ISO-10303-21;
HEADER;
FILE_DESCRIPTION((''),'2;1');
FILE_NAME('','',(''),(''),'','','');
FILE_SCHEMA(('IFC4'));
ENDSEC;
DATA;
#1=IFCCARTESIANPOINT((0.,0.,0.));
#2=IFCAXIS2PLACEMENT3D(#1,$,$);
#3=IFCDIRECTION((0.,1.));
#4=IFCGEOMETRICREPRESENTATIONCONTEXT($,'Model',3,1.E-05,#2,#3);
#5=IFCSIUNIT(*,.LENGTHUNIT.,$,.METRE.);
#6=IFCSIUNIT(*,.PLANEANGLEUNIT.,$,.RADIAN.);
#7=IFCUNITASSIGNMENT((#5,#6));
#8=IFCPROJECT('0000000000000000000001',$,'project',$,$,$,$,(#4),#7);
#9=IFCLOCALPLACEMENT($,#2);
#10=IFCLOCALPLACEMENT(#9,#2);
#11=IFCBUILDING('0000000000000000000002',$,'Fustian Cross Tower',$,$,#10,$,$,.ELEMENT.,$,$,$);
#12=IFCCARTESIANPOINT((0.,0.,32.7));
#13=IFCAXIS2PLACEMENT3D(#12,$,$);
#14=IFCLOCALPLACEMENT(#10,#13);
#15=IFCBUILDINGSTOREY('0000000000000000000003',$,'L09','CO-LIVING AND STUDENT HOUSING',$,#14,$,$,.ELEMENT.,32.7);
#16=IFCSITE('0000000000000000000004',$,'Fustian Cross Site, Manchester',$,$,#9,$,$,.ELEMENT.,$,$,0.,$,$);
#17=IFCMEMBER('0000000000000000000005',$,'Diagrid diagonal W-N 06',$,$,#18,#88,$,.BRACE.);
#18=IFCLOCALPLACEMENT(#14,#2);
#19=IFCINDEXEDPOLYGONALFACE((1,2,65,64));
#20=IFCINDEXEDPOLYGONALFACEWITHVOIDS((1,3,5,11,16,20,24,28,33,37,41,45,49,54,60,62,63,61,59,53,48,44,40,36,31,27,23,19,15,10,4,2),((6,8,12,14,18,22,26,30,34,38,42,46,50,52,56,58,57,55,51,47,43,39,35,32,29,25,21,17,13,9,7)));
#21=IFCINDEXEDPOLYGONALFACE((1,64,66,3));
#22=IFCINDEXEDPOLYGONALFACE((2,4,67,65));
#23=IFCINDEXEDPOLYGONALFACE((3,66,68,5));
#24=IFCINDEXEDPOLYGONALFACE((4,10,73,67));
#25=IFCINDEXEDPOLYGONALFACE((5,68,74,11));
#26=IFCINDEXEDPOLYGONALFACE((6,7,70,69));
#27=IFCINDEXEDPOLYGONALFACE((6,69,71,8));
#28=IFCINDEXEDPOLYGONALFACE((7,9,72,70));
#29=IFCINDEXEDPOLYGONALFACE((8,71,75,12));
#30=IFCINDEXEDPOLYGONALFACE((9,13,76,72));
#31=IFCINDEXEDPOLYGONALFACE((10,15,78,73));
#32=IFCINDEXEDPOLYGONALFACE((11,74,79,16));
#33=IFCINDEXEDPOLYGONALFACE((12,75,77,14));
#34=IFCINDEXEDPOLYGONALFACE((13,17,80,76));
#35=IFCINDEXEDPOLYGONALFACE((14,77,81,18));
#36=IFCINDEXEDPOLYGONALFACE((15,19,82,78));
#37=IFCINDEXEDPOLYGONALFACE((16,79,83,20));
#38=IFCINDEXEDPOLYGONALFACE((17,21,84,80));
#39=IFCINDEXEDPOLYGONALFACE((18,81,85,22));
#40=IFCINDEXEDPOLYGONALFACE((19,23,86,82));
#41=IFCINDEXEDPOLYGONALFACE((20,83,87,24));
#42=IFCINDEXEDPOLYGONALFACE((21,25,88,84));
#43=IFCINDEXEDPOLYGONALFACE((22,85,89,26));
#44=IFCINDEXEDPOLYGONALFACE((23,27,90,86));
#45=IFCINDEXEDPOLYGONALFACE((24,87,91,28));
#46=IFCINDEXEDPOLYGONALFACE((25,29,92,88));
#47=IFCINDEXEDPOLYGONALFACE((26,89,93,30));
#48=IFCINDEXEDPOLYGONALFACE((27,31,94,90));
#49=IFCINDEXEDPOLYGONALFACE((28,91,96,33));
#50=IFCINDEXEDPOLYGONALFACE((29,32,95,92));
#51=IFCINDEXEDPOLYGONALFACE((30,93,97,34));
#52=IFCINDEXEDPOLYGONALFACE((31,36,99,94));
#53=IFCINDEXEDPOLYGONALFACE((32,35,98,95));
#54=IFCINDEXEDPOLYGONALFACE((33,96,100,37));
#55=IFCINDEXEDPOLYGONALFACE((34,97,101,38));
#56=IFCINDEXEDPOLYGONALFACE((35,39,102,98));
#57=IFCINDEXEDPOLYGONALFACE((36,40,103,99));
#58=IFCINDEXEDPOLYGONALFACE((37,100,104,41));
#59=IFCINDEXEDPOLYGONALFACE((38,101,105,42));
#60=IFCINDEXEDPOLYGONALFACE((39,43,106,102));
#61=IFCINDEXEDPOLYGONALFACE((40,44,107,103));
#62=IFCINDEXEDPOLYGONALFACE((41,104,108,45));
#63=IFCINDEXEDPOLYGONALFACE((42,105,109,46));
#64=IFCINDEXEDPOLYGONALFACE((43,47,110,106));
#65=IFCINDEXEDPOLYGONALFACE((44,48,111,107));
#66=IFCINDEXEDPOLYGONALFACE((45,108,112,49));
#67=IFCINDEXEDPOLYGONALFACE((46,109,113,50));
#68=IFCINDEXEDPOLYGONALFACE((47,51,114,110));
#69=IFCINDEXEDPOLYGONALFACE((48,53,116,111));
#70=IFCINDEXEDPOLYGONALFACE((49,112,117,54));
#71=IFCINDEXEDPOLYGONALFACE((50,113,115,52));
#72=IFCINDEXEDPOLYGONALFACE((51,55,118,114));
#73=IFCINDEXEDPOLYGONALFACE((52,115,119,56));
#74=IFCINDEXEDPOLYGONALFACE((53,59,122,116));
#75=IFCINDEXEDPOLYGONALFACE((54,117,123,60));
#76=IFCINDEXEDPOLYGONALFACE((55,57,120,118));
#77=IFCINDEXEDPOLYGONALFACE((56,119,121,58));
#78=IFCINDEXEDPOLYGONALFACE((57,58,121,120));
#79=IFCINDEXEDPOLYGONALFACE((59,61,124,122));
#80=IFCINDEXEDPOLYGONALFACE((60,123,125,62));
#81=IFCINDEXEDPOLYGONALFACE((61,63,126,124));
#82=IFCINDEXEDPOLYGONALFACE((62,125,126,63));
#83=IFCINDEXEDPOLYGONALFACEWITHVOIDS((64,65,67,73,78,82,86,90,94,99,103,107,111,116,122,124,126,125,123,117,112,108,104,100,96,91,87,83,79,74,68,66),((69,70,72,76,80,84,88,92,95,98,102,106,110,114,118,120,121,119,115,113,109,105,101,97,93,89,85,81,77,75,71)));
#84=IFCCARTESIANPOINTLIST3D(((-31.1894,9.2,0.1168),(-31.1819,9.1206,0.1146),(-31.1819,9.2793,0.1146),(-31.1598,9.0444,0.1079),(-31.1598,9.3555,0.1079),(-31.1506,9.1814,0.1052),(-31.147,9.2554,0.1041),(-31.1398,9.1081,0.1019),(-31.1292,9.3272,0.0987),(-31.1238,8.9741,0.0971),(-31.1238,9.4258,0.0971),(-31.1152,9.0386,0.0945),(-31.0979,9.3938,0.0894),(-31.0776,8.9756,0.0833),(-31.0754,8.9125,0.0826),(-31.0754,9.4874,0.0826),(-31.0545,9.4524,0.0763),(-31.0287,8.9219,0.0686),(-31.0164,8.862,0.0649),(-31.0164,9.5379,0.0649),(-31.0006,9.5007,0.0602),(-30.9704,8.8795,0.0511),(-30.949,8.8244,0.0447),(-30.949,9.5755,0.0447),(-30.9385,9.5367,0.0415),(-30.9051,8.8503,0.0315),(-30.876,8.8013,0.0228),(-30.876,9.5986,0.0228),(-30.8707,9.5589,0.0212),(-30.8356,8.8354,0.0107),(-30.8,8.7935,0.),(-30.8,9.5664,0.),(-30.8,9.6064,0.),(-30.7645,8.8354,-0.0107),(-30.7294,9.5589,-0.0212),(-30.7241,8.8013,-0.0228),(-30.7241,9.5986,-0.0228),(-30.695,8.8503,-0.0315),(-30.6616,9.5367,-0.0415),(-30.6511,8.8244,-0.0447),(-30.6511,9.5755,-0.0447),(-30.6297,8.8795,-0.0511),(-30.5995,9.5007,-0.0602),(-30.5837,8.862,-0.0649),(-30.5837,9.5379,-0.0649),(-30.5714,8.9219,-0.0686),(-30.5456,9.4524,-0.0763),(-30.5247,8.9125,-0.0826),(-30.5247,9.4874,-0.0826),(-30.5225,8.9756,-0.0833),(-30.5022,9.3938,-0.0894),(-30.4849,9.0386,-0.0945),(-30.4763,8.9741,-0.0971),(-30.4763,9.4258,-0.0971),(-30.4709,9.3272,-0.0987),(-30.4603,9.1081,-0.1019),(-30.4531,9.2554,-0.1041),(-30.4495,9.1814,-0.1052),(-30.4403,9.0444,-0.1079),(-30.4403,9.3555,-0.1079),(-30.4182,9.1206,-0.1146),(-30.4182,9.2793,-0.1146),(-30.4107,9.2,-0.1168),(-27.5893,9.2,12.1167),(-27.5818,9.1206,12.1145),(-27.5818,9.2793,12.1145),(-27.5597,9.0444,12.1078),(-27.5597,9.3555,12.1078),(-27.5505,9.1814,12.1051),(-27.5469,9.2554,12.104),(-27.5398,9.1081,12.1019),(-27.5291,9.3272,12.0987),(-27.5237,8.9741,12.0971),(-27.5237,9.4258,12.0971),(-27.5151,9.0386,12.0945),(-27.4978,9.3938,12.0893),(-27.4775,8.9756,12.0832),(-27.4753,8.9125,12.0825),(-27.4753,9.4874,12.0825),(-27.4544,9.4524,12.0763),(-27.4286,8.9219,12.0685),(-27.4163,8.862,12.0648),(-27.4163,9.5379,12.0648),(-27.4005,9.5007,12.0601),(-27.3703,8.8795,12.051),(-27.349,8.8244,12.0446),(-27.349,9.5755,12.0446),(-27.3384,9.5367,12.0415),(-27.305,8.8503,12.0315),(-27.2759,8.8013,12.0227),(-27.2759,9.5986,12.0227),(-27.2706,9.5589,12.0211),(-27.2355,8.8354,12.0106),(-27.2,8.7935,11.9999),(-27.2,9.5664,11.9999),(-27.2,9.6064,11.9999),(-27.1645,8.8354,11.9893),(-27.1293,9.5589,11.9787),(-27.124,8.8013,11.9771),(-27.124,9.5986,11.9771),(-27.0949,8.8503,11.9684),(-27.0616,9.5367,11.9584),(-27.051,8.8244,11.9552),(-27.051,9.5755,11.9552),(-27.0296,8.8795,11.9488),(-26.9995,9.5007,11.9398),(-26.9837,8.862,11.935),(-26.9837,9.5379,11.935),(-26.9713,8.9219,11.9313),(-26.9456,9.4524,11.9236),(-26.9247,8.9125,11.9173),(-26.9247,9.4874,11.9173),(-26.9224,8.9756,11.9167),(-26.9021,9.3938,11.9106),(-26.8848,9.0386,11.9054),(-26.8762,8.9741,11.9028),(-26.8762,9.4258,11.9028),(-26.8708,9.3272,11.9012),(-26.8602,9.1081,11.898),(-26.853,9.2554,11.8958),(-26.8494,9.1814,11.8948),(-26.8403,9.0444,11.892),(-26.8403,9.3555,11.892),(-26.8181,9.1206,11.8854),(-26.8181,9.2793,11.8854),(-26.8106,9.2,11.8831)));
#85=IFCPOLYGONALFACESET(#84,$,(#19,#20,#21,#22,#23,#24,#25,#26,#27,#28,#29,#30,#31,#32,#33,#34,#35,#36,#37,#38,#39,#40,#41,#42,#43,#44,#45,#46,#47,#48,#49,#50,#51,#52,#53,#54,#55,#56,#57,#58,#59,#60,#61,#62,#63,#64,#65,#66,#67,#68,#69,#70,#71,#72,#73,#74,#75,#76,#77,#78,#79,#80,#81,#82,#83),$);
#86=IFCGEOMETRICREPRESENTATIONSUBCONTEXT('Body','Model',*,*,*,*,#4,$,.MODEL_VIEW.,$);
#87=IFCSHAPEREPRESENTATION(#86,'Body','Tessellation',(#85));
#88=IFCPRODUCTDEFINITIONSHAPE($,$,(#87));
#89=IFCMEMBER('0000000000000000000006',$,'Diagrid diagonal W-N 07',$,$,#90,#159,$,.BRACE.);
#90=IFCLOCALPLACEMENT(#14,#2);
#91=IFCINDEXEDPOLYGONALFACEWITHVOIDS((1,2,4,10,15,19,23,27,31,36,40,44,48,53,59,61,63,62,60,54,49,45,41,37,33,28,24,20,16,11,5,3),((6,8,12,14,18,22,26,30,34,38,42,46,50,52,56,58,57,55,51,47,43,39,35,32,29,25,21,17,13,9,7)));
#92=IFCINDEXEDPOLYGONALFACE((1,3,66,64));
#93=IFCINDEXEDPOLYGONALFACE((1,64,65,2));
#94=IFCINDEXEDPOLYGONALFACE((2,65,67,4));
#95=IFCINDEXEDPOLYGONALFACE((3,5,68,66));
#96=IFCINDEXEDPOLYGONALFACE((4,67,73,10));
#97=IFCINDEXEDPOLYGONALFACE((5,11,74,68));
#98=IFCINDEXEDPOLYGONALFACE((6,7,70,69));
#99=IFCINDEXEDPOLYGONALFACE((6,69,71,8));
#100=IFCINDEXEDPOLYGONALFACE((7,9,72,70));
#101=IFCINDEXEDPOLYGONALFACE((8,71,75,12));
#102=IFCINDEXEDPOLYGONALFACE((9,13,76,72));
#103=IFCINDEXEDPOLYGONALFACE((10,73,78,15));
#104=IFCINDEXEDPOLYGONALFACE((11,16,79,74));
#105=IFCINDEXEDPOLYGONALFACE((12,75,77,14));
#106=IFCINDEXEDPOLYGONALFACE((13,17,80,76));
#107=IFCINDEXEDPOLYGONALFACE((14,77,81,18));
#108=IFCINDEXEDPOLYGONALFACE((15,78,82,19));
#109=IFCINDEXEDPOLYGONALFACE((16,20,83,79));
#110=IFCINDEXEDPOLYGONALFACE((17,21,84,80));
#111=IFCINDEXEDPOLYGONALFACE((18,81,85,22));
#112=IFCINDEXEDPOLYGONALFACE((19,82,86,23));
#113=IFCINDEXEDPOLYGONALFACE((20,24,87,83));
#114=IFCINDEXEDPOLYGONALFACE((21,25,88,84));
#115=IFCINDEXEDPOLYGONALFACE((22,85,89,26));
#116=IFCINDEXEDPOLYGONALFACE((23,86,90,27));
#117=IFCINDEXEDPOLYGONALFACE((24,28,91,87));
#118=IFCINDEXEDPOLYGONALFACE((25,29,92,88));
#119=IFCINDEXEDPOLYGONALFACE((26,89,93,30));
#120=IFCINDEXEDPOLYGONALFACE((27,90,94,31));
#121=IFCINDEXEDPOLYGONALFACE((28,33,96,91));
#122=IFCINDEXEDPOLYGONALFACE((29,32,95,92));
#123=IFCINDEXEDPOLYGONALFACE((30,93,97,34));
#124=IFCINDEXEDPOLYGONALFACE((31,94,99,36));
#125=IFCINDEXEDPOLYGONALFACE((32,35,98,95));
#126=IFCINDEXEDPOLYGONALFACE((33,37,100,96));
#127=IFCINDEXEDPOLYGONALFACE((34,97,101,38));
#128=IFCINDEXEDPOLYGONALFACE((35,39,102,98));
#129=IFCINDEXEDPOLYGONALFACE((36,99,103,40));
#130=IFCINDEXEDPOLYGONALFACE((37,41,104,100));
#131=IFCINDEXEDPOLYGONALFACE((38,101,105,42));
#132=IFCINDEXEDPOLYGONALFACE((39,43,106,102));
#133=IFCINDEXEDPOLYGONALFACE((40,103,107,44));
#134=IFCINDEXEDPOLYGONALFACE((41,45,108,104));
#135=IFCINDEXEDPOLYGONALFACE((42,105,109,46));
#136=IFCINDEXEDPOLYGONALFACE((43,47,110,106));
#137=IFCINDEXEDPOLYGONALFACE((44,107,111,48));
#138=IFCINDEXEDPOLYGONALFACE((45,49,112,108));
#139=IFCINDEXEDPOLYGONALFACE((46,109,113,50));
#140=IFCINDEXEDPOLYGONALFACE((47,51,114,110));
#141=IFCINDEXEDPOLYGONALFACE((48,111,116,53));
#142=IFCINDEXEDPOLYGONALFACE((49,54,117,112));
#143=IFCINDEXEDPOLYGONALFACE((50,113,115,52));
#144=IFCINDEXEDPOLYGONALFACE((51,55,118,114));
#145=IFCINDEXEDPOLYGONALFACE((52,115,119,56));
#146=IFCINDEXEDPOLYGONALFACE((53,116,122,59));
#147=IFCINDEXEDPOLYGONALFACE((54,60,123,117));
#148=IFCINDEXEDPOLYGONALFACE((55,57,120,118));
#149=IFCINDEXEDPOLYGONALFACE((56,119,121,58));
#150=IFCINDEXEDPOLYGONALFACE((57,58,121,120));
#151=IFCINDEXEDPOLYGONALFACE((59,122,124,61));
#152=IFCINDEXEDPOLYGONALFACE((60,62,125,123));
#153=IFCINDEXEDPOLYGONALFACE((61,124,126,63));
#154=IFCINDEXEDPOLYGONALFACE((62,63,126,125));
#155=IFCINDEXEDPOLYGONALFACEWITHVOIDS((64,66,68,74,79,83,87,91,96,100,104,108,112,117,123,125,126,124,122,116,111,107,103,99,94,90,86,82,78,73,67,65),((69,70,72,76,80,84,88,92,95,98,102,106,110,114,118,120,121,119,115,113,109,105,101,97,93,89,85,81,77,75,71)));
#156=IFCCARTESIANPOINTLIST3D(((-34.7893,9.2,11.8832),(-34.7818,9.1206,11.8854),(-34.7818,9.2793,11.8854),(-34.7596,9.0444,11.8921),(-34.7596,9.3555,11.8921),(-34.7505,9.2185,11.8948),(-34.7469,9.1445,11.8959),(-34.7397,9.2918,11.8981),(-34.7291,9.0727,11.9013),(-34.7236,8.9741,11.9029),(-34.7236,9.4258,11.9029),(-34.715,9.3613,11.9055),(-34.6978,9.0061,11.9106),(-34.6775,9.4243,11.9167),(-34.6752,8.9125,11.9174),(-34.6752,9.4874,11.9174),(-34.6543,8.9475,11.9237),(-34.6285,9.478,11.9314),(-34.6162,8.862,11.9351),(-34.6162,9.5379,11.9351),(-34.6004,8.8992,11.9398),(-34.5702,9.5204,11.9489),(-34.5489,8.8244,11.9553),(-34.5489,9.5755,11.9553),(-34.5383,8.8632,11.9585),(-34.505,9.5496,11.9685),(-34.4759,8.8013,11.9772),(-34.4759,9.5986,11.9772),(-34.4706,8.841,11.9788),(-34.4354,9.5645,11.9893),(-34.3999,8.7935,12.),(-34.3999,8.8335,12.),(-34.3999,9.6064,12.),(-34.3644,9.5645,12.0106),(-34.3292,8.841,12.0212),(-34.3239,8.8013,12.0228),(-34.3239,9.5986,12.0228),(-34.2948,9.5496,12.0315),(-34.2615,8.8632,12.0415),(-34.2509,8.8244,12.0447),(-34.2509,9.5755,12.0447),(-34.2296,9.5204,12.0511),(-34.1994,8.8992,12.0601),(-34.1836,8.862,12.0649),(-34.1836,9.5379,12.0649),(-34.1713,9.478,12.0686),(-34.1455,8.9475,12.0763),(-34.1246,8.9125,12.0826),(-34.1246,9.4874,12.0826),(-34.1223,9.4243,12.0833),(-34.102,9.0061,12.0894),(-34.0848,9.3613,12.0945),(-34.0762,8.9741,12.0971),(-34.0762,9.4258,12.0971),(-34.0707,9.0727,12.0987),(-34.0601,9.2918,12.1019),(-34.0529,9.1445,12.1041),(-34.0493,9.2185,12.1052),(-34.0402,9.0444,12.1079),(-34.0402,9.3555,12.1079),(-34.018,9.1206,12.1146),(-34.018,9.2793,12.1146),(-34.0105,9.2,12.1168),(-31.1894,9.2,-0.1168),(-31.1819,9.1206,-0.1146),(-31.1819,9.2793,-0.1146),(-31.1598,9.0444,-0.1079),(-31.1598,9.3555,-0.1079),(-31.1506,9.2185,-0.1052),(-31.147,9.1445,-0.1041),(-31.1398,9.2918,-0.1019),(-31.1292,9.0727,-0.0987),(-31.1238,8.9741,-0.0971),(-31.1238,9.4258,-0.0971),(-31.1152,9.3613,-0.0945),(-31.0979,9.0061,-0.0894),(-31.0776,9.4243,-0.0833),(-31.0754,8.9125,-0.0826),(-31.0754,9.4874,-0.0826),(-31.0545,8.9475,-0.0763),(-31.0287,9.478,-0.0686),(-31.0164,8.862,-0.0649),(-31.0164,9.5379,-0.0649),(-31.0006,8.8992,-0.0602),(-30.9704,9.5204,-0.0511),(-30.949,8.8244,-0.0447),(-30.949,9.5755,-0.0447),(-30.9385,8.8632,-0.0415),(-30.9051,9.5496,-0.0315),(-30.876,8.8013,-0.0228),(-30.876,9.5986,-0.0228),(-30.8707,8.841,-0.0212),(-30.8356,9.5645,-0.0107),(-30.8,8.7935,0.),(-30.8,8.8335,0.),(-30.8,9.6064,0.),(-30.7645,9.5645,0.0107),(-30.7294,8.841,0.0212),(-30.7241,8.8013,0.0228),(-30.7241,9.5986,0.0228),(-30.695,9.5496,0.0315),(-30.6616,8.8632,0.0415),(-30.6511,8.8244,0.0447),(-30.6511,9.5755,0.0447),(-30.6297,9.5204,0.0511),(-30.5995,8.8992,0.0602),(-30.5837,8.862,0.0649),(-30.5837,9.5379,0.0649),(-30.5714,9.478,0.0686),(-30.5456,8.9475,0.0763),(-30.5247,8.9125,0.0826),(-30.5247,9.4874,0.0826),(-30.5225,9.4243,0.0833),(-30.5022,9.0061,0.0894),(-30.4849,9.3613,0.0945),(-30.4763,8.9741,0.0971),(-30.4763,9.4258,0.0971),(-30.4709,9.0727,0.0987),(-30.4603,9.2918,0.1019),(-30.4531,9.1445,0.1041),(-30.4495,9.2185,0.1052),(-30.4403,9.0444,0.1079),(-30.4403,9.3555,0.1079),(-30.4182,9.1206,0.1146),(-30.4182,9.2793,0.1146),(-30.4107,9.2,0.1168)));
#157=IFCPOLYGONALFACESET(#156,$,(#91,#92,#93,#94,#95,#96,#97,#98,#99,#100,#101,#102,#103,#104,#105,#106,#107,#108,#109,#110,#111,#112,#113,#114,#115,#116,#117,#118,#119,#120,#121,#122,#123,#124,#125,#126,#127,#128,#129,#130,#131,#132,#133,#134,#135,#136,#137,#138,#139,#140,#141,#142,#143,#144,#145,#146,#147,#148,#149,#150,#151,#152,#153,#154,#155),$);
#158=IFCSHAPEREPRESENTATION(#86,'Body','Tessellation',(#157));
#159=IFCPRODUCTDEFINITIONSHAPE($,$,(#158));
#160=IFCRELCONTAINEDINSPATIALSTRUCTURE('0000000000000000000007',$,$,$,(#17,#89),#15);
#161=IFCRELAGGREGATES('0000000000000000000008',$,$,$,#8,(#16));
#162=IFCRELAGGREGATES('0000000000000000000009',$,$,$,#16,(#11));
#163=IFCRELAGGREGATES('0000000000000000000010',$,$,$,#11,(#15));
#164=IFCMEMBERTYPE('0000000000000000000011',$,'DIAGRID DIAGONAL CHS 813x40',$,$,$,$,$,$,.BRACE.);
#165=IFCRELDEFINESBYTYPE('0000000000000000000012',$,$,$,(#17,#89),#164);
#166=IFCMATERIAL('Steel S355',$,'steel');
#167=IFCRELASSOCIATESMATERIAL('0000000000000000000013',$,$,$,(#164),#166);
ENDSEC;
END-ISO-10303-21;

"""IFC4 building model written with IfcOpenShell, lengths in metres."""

from ifc_helpers import new_model, si_unit, direction, frame, origin, origin_2d, place, context, subcontext, project, spatial, hollow_circle, extrude, material, material_profile, profile_set, type_object, element, save


model = new_model("IFC4")

# Units and contexts
model_context = context("Model", 3, precision=1e-05, world=origin(), true_north=direction((0.0, 1.0)))
body_context = subcontext(model_context, "Body", "Model", "MODEL_VIEW")
ifc_project = project(units=[si_unit("LENGTHUNIT", "METRE"), si_unit("PLANEANGLEUNIT", "RADIAN")], contexts=[model_context])

# Site, building, storey
site_placement = place(None, origin())
site = spatial("IfcSite", under=ifc_project, at=site_placement, Name="Fustian Cross Site, Manchester", CompositionType="ELEMENT", RefElevation=0.0)
building_placement = place(site_placement, origin())
building = spatial("IfcBuilding", under=site, at=building_placement, Name="Fustian Cross Tower", CompositionType="ELEMENT")
storey_placement = place(building_placement, frame((0.0, 0.0, 32.7)))
storey = spatial("IfcBuildingStorey", under=building, at=storey_placement, Name="L09", Description="CO-LIVING AND STUDENT HOUSING", CompositionType="ELEMENT", Elevation=32.7)

# Members
ifc_material_1 = material(Name="Steel S355", Category="steel")
ifc_material_profile_1 = material_profile(ifc_material_1, hollow_circle(Radius=0.4065, WallThickness=0.04, at=origin_2d()), Name="CHS 813x40")
ifc_profile_set_1 = profile_set([ifc_material_profile_1], Name="Steel S355")
member_type_1 = type_object("IfcMemberType", Name="DIAGRID DIAGONAL CHS 813x40", PredefinedType="BRACE", material=ifc_profile_set_1)
for number, where, z_axis, x_axis, name in (
    (1, (-30.8, 9.2, 0.0), (0.287355, 0.0, 0.957824), (0.0, 1.0, 0.0), "Diagrid diagonal W-N 06"),
    (2, (-30.8, 9.2, 0.0), (-0.287337, 0.0, 0.95783), (0.0, -1.0, 0.0), "Diagrid diagonal W-N 07"),
):
    element("IfcMember", number, at=place(storey_placement, frame(where, z_axis=z_axis, x_axis=x_axis)), inside=storey, type_object=member_type_1, Name=name, PredefinedType="BRACE", context=body_context, shape_type="SweptSolid", body=[
        extrude(hollow_circle(Radius=0.4065, WallThickness=0.04, at=origin_2d()), origin(), (0.0, 0.0, 1.0), 12.5283),
    ])

save(model, "model.ifc")
